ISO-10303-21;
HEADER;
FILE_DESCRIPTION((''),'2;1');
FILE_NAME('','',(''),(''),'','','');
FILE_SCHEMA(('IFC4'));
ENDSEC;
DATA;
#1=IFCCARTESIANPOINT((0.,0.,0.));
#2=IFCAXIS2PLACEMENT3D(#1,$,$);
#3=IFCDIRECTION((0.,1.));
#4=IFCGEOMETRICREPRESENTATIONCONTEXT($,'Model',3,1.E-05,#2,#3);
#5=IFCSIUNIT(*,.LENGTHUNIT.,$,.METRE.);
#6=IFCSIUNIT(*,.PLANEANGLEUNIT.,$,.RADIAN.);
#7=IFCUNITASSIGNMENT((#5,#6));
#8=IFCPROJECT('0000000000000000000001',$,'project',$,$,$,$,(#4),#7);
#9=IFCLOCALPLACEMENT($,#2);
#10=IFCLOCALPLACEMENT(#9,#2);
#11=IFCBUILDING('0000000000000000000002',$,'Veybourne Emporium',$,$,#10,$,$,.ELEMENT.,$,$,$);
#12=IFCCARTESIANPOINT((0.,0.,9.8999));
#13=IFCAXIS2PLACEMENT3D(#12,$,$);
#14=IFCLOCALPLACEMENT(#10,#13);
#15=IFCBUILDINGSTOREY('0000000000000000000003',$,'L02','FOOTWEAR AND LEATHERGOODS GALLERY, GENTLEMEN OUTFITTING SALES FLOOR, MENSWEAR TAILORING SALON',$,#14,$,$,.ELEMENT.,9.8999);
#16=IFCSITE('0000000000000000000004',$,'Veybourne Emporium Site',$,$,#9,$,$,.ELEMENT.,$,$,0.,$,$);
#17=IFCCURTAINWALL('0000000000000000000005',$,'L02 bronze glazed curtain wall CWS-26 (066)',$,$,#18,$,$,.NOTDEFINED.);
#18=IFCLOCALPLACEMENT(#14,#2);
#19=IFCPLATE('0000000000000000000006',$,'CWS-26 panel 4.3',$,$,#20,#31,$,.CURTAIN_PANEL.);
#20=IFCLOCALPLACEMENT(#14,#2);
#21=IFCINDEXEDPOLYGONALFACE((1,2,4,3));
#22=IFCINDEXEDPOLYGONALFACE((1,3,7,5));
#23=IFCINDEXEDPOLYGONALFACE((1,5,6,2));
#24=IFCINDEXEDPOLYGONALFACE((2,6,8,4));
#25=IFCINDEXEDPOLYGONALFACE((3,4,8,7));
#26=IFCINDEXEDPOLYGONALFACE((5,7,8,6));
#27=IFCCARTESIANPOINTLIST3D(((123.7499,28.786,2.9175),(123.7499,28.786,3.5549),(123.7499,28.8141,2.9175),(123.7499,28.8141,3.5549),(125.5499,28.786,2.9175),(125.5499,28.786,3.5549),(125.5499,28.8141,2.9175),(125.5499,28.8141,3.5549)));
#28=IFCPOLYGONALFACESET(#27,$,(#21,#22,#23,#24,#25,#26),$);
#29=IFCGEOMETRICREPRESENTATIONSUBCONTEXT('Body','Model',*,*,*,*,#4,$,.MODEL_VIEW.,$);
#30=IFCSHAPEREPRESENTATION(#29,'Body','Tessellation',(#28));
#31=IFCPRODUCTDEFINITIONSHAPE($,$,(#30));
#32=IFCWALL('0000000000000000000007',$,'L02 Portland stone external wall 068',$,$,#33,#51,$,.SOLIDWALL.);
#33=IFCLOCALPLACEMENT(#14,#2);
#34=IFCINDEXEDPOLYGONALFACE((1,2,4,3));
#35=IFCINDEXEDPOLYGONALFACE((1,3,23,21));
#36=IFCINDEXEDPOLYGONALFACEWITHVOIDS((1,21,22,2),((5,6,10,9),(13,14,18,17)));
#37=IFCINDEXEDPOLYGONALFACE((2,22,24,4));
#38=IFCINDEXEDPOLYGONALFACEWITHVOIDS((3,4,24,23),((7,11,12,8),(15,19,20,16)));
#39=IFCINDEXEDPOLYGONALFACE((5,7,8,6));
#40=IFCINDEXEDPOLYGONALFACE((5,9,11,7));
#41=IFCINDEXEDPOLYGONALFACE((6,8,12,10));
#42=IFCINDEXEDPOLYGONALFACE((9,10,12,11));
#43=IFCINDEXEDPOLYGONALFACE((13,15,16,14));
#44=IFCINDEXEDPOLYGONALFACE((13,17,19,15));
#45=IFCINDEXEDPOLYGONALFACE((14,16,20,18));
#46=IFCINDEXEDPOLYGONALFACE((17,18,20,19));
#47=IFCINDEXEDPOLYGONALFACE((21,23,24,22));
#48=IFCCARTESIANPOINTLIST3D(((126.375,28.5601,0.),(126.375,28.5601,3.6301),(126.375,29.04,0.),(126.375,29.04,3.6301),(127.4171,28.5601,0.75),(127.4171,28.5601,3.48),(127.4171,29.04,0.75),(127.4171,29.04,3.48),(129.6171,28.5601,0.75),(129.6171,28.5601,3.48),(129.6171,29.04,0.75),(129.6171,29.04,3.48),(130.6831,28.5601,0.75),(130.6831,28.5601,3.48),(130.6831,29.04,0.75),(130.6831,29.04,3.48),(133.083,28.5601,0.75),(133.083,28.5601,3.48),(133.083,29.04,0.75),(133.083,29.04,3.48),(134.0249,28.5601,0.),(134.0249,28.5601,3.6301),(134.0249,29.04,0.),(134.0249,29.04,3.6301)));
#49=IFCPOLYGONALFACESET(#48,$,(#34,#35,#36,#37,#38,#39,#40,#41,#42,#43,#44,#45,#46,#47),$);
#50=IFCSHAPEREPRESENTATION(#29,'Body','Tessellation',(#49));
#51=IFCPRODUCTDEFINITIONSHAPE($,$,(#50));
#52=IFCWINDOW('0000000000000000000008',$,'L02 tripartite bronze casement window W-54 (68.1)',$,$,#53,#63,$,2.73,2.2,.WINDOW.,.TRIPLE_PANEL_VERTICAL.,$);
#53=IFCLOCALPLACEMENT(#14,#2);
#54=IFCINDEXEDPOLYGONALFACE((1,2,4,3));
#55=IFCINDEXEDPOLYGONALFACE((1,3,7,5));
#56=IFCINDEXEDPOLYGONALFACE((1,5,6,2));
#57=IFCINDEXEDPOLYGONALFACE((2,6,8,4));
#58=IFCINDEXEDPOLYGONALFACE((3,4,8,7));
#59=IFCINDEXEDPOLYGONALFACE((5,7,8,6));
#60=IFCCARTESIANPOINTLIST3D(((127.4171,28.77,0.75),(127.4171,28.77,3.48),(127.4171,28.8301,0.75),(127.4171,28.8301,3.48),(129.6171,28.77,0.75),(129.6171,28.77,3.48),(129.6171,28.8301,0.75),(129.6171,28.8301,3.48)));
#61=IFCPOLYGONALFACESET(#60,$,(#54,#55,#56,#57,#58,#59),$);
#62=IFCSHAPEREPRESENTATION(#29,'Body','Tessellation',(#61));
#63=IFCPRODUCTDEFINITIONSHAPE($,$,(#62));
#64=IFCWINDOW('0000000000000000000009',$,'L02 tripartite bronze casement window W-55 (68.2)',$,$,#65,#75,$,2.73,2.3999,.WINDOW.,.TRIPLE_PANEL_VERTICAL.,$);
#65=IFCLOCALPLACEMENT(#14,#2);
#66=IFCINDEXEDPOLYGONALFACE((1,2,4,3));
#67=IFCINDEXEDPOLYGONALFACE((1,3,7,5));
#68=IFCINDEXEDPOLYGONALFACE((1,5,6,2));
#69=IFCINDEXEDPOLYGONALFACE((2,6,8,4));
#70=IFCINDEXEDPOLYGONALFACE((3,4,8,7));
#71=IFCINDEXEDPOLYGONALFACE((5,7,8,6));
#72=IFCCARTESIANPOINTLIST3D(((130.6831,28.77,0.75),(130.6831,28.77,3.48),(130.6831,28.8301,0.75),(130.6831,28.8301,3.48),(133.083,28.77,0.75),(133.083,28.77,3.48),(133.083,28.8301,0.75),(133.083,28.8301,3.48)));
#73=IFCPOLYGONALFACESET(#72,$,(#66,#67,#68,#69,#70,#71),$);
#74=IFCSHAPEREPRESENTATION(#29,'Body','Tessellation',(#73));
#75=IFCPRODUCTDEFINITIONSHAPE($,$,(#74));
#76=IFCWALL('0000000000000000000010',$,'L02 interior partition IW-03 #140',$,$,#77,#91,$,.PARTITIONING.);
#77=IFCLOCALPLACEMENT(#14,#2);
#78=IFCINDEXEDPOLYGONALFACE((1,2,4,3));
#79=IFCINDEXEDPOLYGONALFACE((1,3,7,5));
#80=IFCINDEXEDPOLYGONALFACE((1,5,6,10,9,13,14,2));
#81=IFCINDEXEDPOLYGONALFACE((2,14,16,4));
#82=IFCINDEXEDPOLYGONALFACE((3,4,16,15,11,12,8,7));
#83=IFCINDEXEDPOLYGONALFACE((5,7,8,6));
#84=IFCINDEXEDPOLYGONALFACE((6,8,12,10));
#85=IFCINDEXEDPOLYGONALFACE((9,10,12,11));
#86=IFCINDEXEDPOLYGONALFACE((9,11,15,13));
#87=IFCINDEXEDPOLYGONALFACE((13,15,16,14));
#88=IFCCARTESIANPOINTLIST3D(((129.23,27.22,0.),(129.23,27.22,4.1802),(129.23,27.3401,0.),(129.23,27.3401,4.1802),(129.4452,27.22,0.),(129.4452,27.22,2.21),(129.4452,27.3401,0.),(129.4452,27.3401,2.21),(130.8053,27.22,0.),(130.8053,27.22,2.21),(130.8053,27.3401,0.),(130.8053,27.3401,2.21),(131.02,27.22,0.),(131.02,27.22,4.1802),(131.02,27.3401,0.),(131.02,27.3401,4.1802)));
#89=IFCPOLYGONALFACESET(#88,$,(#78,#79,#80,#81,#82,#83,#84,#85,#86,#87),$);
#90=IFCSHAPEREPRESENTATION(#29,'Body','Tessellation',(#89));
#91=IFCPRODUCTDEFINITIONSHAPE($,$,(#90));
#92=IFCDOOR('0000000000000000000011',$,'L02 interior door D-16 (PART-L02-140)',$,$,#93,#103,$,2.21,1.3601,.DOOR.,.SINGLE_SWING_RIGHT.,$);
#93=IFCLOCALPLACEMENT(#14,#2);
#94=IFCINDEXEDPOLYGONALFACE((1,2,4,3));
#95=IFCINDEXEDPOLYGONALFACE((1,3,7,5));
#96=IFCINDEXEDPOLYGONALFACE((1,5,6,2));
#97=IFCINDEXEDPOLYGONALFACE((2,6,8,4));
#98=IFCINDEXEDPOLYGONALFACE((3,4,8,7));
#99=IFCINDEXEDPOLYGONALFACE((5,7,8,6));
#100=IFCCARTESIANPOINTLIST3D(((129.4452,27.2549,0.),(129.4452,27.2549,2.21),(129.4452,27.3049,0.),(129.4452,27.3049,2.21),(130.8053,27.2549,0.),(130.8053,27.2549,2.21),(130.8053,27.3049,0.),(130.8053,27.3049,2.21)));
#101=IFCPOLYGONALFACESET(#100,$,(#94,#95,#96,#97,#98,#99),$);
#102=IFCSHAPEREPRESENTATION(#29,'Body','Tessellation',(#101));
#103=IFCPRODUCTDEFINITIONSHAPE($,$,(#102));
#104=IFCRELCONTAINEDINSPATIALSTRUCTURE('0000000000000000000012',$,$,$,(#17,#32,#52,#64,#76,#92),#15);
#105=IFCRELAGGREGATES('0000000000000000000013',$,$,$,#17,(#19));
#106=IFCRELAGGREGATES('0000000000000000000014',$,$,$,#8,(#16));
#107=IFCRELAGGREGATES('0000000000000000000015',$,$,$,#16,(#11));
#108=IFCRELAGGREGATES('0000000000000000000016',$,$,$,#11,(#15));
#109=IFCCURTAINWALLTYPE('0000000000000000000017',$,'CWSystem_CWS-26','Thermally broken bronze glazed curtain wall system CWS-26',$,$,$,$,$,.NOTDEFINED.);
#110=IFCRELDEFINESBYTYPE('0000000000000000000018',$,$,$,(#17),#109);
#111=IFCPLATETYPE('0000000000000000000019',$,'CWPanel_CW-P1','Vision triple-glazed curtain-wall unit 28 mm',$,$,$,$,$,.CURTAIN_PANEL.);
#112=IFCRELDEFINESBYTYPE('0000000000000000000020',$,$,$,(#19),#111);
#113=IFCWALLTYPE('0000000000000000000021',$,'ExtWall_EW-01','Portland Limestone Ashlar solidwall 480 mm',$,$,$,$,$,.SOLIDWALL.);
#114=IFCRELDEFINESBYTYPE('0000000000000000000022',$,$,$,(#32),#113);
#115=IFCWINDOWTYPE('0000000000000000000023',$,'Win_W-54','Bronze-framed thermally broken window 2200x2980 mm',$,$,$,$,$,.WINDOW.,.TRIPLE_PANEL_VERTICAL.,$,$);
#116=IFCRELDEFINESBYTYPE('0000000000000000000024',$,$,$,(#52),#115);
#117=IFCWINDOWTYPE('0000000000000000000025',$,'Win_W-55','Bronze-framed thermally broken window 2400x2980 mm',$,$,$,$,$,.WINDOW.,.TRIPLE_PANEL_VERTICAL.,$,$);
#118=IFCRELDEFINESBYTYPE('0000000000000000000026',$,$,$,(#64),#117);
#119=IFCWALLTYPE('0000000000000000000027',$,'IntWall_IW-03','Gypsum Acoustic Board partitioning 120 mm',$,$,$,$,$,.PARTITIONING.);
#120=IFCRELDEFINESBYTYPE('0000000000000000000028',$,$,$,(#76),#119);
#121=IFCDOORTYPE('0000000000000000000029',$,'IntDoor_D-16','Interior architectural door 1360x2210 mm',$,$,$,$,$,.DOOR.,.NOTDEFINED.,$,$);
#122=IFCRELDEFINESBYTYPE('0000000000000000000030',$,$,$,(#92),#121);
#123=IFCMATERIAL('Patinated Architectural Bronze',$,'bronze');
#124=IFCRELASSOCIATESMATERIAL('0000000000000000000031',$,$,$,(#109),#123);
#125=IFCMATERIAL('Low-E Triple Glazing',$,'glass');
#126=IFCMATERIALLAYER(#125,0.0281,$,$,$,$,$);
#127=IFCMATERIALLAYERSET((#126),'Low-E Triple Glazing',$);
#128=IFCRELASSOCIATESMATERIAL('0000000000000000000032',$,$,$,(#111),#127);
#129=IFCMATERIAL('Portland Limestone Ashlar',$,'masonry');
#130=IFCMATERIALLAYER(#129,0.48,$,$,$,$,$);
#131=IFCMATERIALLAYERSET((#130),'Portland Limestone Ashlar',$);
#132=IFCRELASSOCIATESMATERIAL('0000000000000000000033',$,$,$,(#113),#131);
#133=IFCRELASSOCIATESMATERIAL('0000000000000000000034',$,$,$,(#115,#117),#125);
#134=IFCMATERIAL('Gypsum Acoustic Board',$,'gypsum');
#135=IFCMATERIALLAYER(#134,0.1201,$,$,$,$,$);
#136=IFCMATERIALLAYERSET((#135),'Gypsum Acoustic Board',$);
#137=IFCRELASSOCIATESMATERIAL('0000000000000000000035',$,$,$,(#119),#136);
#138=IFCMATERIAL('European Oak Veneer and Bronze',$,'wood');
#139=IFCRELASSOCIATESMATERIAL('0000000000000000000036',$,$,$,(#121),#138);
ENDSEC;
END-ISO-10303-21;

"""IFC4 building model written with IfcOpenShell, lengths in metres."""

from ifc_helpers import new_model, si_unit, direction, frame, frame_2d, origin, origin_2d, place, context, subcontext, project, spatial, rectangle, extrude, material, layer, layer_set, type_object, element, fill, aggregate, save


model = new_model("IFC4")

# Units and contexts
model_context = context("Model", 3, precision=1e-05, world=origin(), true_north=direction((0.0, 1.0)))
body_context = subcontext(model_context, "Body", "Model", "MODEL_VIEW")
ifc_project = project(units=[si_unit("LENGTHUNIT", "METRE"), si_unit("PLANEANGLEUNIT", "RADIAN")], contexts=[model_context])

# Site, building, storey
site_placement = place(None, origin())
site = spatial("IfcSite", under=ifc_project, at=site_placement, Name="Veybourne Emporium Site", CompositionType="ELEMENT", RefElevation=0.0)
building_placement = place(site_placement, origin())
building = spatial("IfcBuilding", under=site, at=building_placement, Name="Veybourne Emporium", CompositionType="ELEMENT")
storey_placement = place(building_placement, frame((0.0, 0.0, 9.8999)))
storey = spatial("IfcBuildingStorey", under=building, at=storey_placement, Name="L02", Description="FOOTWEAR AND LEATHERGOODS GALLERY, GENTLEMEN OUTFITTING SALES FLOOR, MENSWEAR TAILORING SALON", CompositionType="ELEMENT", Elevation=9.8999)

# Curtain wall
ifc_material_1 = material(Name="Patinated Architectural Bronze", Category="bronze")
curtain_wall_type = type_object("IfcCurtainWallType", Name="CWSystem_CWS-26", Description="Thermally broken bronze glazed curtain wall system CWS-26", PredefinedType="NOTDEFINED", material=ifc_material_1)
curtain_wall_placement = place(storey_placement, origin())
curtain_wall = element("IfcCurtainWall", 1, at=curtain_wall_placement, inside=storey, type_object=curtain_wall_type, Name="L02 bronze glazed curtain wall CWS-26 (066)", PredefinedType="NOTDEFINED")

# Plate
ifc_material_2 = material(Name="Low-E Triple Glazing", Category="glass")
ifc_layer_1 = layer(ifc_material_2, 0.0281)
ifc_layer_set_1 = layer_set([ifc_layer_1], Name="Low-E Triple Glazing")
plate_type = type_object("IfcPlateType", Name="CWPanel_CW-P1", Description="Vision triple-glazed curtain-wall unit 28 mm", PredefinedType="CURTAIN_PANEL", material=ifc_layer_set_1)
plate_1_placement = place(storey_placement, frame((124.6499, 28.8, 2.9175), z_axis=(0.0, 0.0, 1.0), x_axis=(1.0, 0.0, 0.0)))
plate_1 = element("IfcPlate", 2, at=plate_1_placement, type_object=plate_type, Name="CWS-26 panel 4.3", PredefinedType="CURTAIN_PANEL", context=body_context, shape_type="SweptSolid", body=[
    extrude(rectangle(XDim=1.8, YDim=0.0281, at=origin_2d()), origin(), (0.0, 0.0, 1.0), 0.6375),
])
aggregate(curtain_wall, [plate_1])

# Wall, openings, windows
ifc_material_3 = material(Name="Portland Limestone Ashlar", Category="masonry")
ifc_layer_2 = layer(ifc_material_3, 0.48)
ifc_layer_set_2 = layer_set([ifc_layer_2], Name="Portland Limestone Ashlar")
wall_type_1 = type_object("IfcWallType", Name="ExtWall_EW-01", Description="Portland Limestone Ashlar solidwall 480 mm", PredefinedType="SOLIDWALL", material=ifc_layer_set_2)
wall_1_placement = place(storey_placement, frame((126.375, 28.8, 0.0), z_axis=(0.0, 0.0, 1.0), x_axis=(1.0, 0.0, 0.0)))
wall_1 = element("IfcWall", 3, at=wall_1_placement, inside=storey, type_object=wall_type_1, Name="L02 Portland stone external wall 068", PredefinedType="SOLIDWALL", context=body_context, shape_type="SweptSolid", body=[
    extrude(rectangle(XDim=7.6499, YDim=0.48, at=frame_2d((3.825, 0.0))), origin(), (0.0, 0.0, 1.0), 3.6301),
])
opening_1_placement = place(wall_1_placement, frame((1.042, 0.0, 0.75)))
opening_1 = element("IfcOpeningElement", 4, at=opening_1_placement, cuts=wall_1, PredefinedType="OPENING", context=body_context, shape_type="SweptSolid", body=[
    extrude(rectangle(XDim=2.2, YDim=2.73, at=frame_2d((1.1001, 1.365))), frame((0.0, 0.26, 0.0), z_axis=(0.0, -1.0, 0.0), x_axis=(1.0, 0.0, 0.0)), (0.0, 0.0, 1.0), 0.52),
])
opening_2_placement = place(wall_1_placement, frame((4.3081, 0.0, 0.75)))
opening_2 = element("IfcOpeningElement", 5, at=opening_2_placement, cuts=wall_1, PredefinedType="OPENING", context=body_context, shape_type="SweptSolid", body=[
    extrude(rectangle(XDim=2.3999, YDim=2.73, at=frame_2d((1.2, 1.365))), frame((0.0, 0.26, 0.0), z_axis=(0.0, -1.0, 0.0), x_axis=(1.0, 0.0, 0.0)), (0.0, 0.0, 1.0), 0.52),
])
window_type_1 = type_object("IfcWindowType", Name="Win_W-54", Description="Bronze-framed thermally broken window 2200x2980 mm", PartitioningType="TRIPLE_PANEL_VERTICAL", PredefinedType="WINDOW", material=ifc_material_2)
window_1_placement = place(opening_1_placement, origin())
window_1 = element("IfcWindow", 6, at=window_1_placement, inside=storey, type_object=window_type_1, Name="L02 tripartite bronze casement window W-54 (68.1)", OverallHeight=2.73, OverallWidth=2.2, PartitioningType="TRIPLE_PANEL_VERTICAL", PredefinedType="WINDOW", context=body_context, shape_type="SweptSolid", body=[
    extrude(rectangle(XDim=2.2, YDim=2.73, at=frame_2d((1.1001, 1.365))), frame((0.0, 0.03, 0.0), z_axis=(0.0, -1.0, 0.0), x_axis=(1.0, 0.0, 0.0)), (0.0, 0.0, 1.0), 0.0601),
])
fill(opening_1, window_1)
window_type_2 = type_object("IfcWindowType", Name="Win_W-55", Description="Bronze-framed thermally broken window 2400x2980 mm", PartitioningType="TRIPLE_PANEL_VERTICAL", PredefinedType="WINDOW", material=ifc_material_2)
window_2_placement = place(opening_2_placement, origin())
window_2 = element("IfcWindow", 7, at=window_2_placement, inside=storey, type_object=window_type_2, Name="L02 tripartite bronze casement window W-55 (68.2)", OverallHeight=2.73, OverallWidth=2.3999, PartitioningType="TRIPLE_PANEL_VERTICAL", PredefinedType="WINDOW", context=body_context, shape_type="SweptSolid", body=[
    extrude(rectangle(XDim=2.3999, YDim=2.73, at=frame_2d((1.2, 1.365))), frame((0.0, 0.03, 0.0), z_axis=(0.0, -1.0, 0.0), x_axis=(1.0, 0.0, 0.0)), (0.0, 0.0, 1.0), 0.0601),
])
fill(opening_2, window_2)

# Wall, opening, door
ifc_material_4 = material(Name="Gypsum Acoustic Board", Category="gypsum")
ifc_layer_3 = layer(ifc_material_4, 0.1201)
ifc_layer_set_3 = layer_set([ifc_layer_3], Name="Gypsum Acoustic Board")
wall_type_2 = type_object("IfcWallType", Name="IntWall_IW-03", Description="Gypsum Acoustic Board partitioning 120 mm", PredefinedType="PARTITIONING", material=ifc_layer_set_3)
wall_2_placement = place(storey_placement, frame((129.23, 27.28, 0.0), z_axis=(0.0, 0.0, 1.0), x_axis=(1.0, 0.0, 0.0)))
wall_2 = element("IfcWall", 8, at=wall_2_placement, inside=storey, type_object=wall_type_2, Name="L02 interior partition IW-03 #140", PredefinedType="PARTITIONING", context=body_context, shape_type="SweptSolid", body=[
    extrude(rectangle(XDim=1.79, YDim=0.1201, at=frame_2d((0.895, 0.0))), origin(), (0.0, 0.0, 1.0), 4.1802),
])
opening_3_placement = place(wall_2_placement, frame((0.2151, 0.0, 0.0)))
opening_3 = element("IfcOpeningElement", 9, at=opening_3_placement, cuts=wall_2, PredefinedType="OPENING", context=body_context, shape_type="SweptSolid", body=[
    extrude(rectangle(XDim=1.3601, YDim=2.21, at=frame_2d((0.6802, 1.105))), frame((0.0, 0.0801, 0.0), z_axis=(0.0, -1.0, 0.0), x_axis=(1.0, 0.0, 0.0)), (0.0, 0.0, 1.0), 0.1602),
])
ifc_material_5 = material(Name="European Oak Veneer and Bronze", Category="wood")
door_type = type_object("IfcDoorType", Name="IntDoor_D-16", Description="Interior architectural door 1360x2210 mm", OperationType="NOTDEFINED", PredefinedType="DOOR", material=ifc_material_5)
door_placement = place(opening_3_placement, origin())
door = element("IfcDoor", 10, at=door_placement, inside=storey, type_object=door_type, Name="L02 interior door D-16 (PART-L02-140)", OperationType="SINGLE_SWING_RIGHT", OverallHeight=2.21, OverallWidth=1.3601, PredefinedType="DOOR", context=body_context, shape_type="SweptSolid", body=[
    extrude(rectangle(XDim=1.3601, YDim=2.21, at=frame_2d((0.6802, 1.105))), frame((0.0, 0.0249, 0.0), z_axis=(0.0, -1.0, 0.0), x_axis=(1.0, 0.0, 0.0)), (0.0, 0.0, 1.0), 0.05),
])
fill(opening_3, door)

save(model, "model.ifc")
